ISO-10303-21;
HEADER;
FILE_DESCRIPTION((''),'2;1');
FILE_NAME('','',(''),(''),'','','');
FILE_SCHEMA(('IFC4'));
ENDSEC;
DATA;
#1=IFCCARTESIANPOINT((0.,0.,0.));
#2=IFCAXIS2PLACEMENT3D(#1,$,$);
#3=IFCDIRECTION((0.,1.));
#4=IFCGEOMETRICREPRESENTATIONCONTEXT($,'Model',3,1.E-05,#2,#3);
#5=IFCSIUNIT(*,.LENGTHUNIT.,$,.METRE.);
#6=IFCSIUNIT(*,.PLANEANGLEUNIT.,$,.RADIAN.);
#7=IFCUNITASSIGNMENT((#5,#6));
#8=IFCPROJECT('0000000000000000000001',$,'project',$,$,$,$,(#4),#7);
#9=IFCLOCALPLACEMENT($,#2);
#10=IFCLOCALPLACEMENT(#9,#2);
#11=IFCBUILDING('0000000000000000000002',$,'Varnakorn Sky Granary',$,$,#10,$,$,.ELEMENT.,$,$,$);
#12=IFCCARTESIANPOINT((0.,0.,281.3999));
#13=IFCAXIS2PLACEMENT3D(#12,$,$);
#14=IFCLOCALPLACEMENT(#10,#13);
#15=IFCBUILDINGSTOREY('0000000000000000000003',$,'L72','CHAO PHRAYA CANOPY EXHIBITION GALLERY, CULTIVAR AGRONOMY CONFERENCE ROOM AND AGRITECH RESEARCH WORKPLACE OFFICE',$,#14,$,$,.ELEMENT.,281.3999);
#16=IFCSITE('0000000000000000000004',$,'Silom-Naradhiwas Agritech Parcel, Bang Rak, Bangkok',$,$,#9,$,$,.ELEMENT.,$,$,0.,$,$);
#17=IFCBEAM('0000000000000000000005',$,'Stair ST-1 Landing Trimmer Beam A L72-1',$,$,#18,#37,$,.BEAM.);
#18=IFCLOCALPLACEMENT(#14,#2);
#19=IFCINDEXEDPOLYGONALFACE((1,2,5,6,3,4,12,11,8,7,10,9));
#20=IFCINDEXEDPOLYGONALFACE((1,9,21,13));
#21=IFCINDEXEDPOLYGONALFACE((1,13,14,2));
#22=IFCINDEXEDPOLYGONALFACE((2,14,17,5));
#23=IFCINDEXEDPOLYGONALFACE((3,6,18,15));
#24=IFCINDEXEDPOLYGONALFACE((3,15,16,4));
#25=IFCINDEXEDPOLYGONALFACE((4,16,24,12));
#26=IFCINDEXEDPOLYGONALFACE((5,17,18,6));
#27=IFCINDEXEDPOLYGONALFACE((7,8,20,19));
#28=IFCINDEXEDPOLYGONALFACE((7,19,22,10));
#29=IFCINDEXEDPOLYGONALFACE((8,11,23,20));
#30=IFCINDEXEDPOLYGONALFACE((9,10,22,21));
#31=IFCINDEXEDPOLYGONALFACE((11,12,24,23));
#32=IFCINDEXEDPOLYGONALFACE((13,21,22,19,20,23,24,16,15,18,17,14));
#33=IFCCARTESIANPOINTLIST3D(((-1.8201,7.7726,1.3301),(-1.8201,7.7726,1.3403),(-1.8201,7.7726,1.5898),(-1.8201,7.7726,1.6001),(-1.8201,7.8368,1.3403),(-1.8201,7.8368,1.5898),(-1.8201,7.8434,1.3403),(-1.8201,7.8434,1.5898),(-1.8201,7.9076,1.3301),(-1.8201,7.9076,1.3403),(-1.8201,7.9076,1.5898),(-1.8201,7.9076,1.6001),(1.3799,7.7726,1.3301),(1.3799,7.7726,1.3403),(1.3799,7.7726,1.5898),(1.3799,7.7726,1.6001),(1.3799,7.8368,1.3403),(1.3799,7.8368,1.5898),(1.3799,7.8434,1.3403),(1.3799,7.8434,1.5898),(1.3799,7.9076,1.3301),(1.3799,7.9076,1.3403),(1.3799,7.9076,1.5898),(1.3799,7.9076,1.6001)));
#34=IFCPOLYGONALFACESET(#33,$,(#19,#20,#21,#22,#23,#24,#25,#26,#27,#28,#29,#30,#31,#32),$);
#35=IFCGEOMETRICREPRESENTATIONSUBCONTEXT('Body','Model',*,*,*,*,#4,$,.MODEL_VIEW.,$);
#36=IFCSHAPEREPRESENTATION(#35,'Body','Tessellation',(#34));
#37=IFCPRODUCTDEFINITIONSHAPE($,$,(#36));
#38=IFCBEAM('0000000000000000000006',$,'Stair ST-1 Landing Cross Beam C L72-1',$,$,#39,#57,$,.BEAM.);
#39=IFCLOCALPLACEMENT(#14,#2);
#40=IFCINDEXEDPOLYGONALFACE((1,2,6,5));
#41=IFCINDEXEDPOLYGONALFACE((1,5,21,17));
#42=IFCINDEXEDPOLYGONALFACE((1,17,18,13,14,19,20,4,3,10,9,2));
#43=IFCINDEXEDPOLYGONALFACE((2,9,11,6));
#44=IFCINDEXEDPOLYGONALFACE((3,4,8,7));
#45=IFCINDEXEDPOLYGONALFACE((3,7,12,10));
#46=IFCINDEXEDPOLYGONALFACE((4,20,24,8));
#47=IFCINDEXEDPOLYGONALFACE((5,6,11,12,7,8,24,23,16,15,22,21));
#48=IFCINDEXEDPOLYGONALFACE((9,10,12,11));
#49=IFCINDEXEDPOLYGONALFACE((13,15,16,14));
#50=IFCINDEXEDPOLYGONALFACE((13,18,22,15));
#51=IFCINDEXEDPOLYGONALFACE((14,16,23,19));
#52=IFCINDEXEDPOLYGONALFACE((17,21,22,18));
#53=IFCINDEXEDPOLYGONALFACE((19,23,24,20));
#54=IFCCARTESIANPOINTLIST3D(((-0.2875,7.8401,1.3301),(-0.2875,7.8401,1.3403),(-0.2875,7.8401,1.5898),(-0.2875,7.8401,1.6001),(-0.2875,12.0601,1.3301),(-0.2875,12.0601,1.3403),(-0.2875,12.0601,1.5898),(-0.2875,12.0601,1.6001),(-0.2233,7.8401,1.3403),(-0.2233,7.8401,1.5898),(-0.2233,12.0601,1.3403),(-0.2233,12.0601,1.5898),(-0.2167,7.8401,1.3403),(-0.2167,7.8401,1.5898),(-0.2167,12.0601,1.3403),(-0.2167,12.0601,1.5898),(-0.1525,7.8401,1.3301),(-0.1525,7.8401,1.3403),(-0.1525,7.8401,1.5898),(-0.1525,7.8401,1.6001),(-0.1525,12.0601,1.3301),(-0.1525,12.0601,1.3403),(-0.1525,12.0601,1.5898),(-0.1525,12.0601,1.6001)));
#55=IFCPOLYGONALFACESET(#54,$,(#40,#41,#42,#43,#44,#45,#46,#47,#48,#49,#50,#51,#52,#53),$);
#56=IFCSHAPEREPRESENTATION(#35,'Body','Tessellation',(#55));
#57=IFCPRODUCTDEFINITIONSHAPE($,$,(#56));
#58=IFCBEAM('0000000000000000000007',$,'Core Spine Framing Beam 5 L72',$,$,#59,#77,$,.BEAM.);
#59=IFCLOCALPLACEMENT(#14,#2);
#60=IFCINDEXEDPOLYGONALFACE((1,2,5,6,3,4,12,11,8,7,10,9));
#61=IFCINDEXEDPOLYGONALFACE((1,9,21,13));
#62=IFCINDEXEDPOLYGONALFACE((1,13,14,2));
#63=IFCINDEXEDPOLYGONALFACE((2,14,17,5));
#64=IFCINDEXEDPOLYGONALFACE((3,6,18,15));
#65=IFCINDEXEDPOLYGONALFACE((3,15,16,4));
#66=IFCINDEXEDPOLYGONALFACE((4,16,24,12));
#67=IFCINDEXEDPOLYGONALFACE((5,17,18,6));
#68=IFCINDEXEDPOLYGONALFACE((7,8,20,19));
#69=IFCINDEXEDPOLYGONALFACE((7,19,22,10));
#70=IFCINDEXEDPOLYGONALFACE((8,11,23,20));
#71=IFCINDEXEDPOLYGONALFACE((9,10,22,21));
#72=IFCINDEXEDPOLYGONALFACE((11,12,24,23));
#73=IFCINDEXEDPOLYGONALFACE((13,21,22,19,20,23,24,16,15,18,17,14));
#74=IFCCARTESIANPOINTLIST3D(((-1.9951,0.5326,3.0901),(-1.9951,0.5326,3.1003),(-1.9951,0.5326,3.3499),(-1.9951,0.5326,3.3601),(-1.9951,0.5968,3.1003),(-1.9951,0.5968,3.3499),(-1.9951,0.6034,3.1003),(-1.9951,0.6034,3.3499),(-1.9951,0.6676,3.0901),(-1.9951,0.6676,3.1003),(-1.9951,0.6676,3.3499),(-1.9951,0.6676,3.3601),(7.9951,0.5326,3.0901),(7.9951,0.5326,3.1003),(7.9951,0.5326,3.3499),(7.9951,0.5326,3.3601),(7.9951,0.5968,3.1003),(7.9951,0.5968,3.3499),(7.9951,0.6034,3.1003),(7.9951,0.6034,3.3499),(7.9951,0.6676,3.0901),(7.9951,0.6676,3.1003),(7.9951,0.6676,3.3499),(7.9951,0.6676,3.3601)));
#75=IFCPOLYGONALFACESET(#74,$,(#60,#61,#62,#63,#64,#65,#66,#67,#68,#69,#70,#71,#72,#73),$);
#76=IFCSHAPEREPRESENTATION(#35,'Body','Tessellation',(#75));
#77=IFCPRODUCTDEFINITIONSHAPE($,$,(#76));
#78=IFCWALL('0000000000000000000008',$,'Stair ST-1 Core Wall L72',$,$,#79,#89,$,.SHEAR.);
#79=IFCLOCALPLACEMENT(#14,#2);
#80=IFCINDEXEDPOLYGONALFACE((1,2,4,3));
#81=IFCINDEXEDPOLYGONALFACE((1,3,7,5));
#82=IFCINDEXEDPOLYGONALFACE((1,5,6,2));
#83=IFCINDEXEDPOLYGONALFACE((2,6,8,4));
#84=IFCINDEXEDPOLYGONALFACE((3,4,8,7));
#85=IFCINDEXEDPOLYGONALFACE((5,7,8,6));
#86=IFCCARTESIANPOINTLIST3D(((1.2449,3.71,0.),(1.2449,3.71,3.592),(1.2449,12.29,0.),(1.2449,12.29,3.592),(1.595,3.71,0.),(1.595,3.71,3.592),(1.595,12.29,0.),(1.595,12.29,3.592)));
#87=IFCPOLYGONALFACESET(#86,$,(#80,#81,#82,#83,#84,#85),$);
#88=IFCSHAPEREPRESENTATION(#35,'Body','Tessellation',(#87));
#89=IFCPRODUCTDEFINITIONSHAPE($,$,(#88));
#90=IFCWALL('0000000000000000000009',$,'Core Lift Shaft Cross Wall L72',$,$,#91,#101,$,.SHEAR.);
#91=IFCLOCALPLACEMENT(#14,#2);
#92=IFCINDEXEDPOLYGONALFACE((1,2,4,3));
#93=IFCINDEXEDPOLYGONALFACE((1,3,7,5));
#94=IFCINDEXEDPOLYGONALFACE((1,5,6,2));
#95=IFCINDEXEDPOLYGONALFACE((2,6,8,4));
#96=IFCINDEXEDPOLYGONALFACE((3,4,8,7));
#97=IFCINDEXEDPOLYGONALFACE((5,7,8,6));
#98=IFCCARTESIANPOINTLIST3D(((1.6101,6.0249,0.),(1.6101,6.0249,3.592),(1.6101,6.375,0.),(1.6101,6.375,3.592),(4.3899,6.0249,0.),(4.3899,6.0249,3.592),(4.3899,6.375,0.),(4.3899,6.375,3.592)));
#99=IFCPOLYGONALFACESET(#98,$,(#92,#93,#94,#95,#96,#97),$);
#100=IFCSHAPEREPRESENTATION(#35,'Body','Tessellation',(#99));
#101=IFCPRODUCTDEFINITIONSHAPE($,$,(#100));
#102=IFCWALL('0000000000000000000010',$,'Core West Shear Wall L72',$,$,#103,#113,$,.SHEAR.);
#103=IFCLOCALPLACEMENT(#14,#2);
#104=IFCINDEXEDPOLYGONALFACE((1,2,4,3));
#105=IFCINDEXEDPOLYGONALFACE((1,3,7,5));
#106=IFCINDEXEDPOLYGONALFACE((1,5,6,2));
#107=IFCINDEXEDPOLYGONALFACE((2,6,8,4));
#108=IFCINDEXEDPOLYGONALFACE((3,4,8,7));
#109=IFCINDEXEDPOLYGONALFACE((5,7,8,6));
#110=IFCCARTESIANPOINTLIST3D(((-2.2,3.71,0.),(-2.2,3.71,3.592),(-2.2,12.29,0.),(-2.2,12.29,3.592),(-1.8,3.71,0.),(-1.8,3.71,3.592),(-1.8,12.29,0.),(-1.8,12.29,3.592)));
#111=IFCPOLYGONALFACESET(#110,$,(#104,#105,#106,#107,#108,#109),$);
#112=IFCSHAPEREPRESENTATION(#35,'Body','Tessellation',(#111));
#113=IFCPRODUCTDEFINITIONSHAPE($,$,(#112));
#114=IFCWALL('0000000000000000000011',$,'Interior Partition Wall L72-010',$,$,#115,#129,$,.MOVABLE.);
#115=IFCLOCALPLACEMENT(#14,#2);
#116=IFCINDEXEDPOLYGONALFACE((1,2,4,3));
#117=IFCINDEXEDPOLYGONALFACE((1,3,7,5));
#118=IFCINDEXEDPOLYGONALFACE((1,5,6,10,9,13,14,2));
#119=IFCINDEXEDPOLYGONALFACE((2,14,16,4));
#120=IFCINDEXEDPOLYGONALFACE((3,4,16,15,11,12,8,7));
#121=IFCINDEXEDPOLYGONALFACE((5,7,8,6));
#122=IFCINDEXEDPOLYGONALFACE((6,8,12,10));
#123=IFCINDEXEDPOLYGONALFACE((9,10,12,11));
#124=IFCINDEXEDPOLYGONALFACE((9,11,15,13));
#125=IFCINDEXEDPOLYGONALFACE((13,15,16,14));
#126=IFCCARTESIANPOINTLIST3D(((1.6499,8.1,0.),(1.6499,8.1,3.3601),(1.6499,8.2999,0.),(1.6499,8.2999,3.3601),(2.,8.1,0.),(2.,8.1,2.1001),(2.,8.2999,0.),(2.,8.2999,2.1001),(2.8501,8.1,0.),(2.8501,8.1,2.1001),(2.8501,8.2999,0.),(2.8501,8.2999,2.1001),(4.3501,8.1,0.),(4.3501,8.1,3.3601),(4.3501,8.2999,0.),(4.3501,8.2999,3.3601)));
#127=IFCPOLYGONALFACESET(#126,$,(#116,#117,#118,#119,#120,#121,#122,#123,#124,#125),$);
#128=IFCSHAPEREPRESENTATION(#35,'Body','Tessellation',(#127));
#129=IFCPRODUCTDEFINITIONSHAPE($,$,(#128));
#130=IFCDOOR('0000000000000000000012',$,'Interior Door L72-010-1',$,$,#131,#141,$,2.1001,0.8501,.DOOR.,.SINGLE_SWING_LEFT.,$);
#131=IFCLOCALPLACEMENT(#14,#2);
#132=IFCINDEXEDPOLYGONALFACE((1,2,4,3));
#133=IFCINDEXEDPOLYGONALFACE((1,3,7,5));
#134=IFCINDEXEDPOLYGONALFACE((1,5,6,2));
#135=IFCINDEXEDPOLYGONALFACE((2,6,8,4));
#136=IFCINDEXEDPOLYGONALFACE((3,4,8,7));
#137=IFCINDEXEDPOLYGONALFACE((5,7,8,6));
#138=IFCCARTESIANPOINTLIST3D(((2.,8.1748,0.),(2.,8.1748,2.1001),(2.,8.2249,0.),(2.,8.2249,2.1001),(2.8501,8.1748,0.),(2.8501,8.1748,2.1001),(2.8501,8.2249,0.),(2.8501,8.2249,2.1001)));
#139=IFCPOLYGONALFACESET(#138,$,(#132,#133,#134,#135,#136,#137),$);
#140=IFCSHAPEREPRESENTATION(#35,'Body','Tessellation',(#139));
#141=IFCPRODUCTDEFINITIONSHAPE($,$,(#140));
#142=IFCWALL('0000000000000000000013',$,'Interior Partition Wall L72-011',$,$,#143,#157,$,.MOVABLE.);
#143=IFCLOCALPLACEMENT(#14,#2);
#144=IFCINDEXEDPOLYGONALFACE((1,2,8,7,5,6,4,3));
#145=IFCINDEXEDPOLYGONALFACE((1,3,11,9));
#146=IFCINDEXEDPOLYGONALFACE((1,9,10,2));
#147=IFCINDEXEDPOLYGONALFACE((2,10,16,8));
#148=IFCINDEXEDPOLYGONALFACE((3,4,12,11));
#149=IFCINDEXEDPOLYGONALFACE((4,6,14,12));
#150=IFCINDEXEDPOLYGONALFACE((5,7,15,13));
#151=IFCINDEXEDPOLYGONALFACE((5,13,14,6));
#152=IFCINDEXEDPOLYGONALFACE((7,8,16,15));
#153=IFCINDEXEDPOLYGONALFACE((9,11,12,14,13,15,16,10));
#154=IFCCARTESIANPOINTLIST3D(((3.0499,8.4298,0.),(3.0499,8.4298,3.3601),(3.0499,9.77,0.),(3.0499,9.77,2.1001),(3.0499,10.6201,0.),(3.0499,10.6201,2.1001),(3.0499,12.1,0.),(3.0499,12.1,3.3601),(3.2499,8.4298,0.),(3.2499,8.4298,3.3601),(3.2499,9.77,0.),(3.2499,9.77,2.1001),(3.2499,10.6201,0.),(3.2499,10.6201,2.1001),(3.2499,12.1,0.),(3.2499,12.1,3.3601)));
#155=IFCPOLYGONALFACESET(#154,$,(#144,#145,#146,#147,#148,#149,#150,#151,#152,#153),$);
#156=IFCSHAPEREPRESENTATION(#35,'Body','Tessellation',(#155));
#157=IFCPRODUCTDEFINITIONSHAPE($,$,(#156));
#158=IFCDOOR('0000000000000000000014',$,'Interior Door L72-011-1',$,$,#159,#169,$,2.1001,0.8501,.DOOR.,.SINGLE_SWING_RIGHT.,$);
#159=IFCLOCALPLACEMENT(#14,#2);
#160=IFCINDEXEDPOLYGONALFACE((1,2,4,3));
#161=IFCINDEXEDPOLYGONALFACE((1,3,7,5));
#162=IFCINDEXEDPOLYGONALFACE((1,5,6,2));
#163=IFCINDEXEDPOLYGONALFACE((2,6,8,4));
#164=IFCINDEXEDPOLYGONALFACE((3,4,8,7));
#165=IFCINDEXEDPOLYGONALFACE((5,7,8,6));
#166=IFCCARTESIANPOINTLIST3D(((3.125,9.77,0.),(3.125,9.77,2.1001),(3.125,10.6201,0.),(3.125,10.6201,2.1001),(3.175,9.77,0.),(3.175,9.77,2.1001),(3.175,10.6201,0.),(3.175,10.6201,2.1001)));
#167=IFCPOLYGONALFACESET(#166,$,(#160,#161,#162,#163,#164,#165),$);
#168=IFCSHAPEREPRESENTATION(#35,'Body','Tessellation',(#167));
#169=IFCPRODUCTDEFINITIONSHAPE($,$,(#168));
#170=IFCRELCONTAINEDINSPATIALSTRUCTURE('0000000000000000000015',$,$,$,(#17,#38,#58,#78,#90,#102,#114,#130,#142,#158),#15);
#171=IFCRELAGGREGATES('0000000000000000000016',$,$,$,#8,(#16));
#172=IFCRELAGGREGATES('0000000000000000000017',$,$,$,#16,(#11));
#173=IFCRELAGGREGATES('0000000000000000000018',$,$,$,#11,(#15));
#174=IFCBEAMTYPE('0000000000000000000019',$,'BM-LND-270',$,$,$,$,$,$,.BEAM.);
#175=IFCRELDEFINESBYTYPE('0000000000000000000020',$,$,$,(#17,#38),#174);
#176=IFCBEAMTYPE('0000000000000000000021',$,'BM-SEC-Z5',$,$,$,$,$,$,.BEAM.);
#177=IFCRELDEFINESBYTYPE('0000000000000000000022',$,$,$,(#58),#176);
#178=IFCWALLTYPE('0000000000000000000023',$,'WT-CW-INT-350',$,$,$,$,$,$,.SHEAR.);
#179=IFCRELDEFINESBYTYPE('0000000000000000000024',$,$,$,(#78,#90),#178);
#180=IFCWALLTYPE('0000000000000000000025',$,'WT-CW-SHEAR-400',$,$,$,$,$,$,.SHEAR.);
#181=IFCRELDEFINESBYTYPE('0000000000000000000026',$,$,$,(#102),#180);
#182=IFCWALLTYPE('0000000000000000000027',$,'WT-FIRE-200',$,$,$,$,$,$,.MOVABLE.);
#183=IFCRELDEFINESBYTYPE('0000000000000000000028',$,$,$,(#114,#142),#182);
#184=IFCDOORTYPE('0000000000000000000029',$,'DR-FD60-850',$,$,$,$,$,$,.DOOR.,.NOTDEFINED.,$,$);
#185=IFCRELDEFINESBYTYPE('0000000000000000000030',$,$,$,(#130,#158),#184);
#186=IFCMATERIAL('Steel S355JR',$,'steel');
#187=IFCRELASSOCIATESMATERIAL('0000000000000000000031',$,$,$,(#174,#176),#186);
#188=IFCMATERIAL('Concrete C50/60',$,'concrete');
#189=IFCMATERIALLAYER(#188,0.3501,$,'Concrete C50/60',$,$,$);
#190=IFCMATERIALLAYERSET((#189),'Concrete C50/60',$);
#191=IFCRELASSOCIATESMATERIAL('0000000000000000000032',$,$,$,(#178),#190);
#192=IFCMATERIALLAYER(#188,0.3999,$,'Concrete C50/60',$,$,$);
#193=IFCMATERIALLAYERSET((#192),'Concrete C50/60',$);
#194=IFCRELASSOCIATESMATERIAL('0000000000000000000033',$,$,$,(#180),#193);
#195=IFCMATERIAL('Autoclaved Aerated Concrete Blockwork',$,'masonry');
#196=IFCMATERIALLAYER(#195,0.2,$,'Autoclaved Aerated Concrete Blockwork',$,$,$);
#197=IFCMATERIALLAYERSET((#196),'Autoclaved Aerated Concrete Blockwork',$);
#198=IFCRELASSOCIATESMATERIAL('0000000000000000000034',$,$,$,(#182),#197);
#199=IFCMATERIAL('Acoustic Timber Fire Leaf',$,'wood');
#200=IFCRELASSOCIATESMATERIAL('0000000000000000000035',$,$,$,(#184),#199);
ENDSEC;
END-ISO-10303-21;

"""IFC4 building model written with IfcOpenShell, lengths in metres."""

from ifc_helpers import new_model, si_unit, direction, frame, frame_2d, origin, origin_2d, place, context, subcontext, project, spatial, rectangle, i_section, extrude, material, layer, layer_set, material_profile, profile_set, type_object, element, fill, save


model = new_model("IFC4")

# Units and contexts
model_context = context("Model", 3, precision=1e-05, world=origin(), true_north=direction((0.0, 1.0)))
body_context = subcontext(model_context, "Body", "Model", "MODEL_VIEW")
ifc_project = project(units=[si_unit("LENGTHUNIT", "METRE"), si_unit("PLANEANGLEUNIT", "RADIAN")], contexts=[model_context])

# Site, building, storey
site_placement = place(None, origin())
site = spatial("IfcSite", under=ifc_project, at=site_placement, Name="Silom-Naradhiwas Agritech Parcel, Bang Rak, Bangkok", CompositionType="ELEMENT", RefElevation=0.0)
building_placement = place(site_placement, origin())
building = spatial("IfcBuilding", under=site, at=building_placement, Name="Varnakorn Sky Granary", CompositionType="ELEMENT")
storey_placement = place(building_placement, frame((0.0, 0.0, 281.3999)))
storey = spatial("IfcBuildingStorey", under=building, at=storey_placement, Name="L72", Description="CHAO PHRAYA CANOPY EXHIBITION GALLERY, CULTIVAR AGRONOMY CONFERENCE ROOM AND AGRITECH RESEARCH WORKPLACE OFFICE", CompositionType="ELEMENT", Elevation=281.3999)

# Beams
ifc_material_1 = material(Name="Steel S355JR", Category="steel")
ifc_material_profile_1 = material_profile(ifc_material_1, i_section(OverallWidth=0.135, OverallDepth=0.27, WebThickness=0.0066, FlangeThickness=0.0103, at=origin_2d()), Name="IPE 270")
ifc_profile_set_1 = profile_set([ifc_material_profile_1], Name="Steel S355JR")
beam_type_1 = type_object("IfcBeamType", Name="BM-LND-270", PredefinedType="BEAM", material=ifc_profile_set_1)
beam_1_placement = place(storey_placement, frame((-1.8201, 7.8401, 1.4651), z_axis=(1.0, 0.0, 0.0), x_axis=(0.0, 1.0, 0.0)))
element("IfcBeam", 1, at=beam_1_placement, inside=storey, type_object=beam_type_1, Name="Stair ST-1 Landing Trimmer Beam A L72-1", PredefinedType="BEAM", context=body_context, shape_type="SweptSolid", body=[
    extrude(i_section(OverallWidth=0.135, OverallDepth=0.27, WebThickness=0.0066, FlangeThickness=0.0103, at=origin_2d()), origin(), (0.0, 0.0, 1.0), 3.2),
])
beam_2_placement = place(storey_placement, frame((-0.22, 7.8401, 1.4651), z_axis=(0.0, 1.0, 0.0), x_axis=(-1.0, 0.0, 0.0)))
element("IfcBeam", 2, at=beam_2_placement, inside=storey, type_object=beam_type_1, Name="Stair ST-1 Landing Cross Beam C L72-1", PredefinedType="BEAM", context=body_context, shape_type="SweptSolid", body=[
    extrude(i_section(OverallWidth=0.135, OverallDepth=0.27, WebThickness=0.0066, FlangeThickness=0.0103, at=origin_2d()), origin(), (0.0, 0.0, 1.0), 4.22),
])
ifc_material_profile_2 = material_profile(ifc_material_1, i_section(OverallWidth=0.135, OverallDepth=0.27, WebThickness=0.0066, FlangeThickness=0.0103, at=origin_2d()), Name="IPE 270")
ifc_profile_set_2 = profile_set([ifc_material_profile_2], Name="Steel S355JR")
beam_type_2 = type_object("IfcBeamType", Name="BM-SEC-Z5", PredefinedType="BEAM", material=ifc_profile_set_2)
beam_3_placement = place(storey_placement, frame((-1.9951, 0.6001, 3.2251), z_axis=(1.0, 0.0, 0.0), x_axis=(0.0, 1.0, 0.0)))
element("IfcBeam", 3, at=beam_3_placement, inside=storey, type_object=beam_type_2, Name="Core Spine Framing Beam 5 L72", PredefinedType="BEAM", context=body_context, shape_type="SweptSolid", body=[
    extrude(i_section(OverallWidth=0.135, OverallDepth=0.27, WebThickness=0.0066, FlangeThickness=0.0103, at=origin_2d()), origin(), (0.0, 0.0, 1.0), 9.9902),
])

# Walls
ifc_material_2 = material(Name="Concrete C50/60", Category="concrete")
ifc_layer_1 = layer(ifc_material_2, 0.3501, Name="Concrete C50/60")
ifc_layer_set_1 = layer_set([ifc_layer_1], Name="Concrete C50/60")
wall_type_1 = type_object("IfcWallType", Name="WT-CW-INT-350", PredefinedType="SHEAR", material=ifc_layer_set_1)
wall_1_placement = place(storey_placement, frame((1.4199, 3.71, 0.0), z_axis=(0.0, 0.0, 1.0), x_axis=(0.0, 1.0, 0.0)))
element("IfcWall", 4, at=wall_1_placement, inside=storey, type_object=wall_type_1, Name="Stair ST-1 Core Wall L72", PredefinedType="SHEAR", context=body_context, shape_type="SweptSolid", body=[
    extrude(rectangle(XDim=8.5801, YDim=0.3501, at=frame_2d((4.29, 0.0))), origin(), (0.0, 0.0, 1.0), 3.592),
])
wall_2_placement = place(storey_placement, frame((1.6101, 6.2, 0.0), z_axis=(0.0, 0.0, 1.0), x_axis=(1.0, 0.0, 0.0)))
element("IfcWall", 5, at=wall_2_placement, inside=storey, type_object=wall_type_1, Name="Core Lift Shaft Cross Wall L72", PredefinedType="SHEAR", context=body_context, shape_type="SweptSolid", body=[
    extrude(rectangle(XDim=2.7798, YDim=0.3501, at=frame_2d((1.3899, 0.0))), origin(), (0.0, 0.0, 1.0), 3.592),
])

# Shared definitions
ifc_layer_2 = layer(ifc_material_2, 0.3999, Name="Concrete C50/60")
ifc_layer_set_2 = layer_set([ifc_layer_2], Name="Concrete C50/60")
wall_type_2 = type_object("IfcWallType", Name="WT-CW-SHEAR-400", PredefinedType="SHEAR", material=ifc_layer_set_2)

# Wall
wall_3_placement = place(storey_placement, frame((-2.0, 3.71, 0.0), z_axis=(0.0, 0.0, 1.0), x_axis=(0.0, 1.0, 0.0)))
element("IfcWall", 6, at=wall_3_placement, inside=storey, type_object=wall_type_2, Name="Core West Shear Wall L72", PredefinedType="SHEAR", context=body_context, shape_type="SweptSolid", body=[
    extrude(rectangle(XDim=8.5801, YDim=0.3999, at=frame_2d((4.29, 0.0))), origin(), (0.0, 0.0, 1.0), 3.592),
])

# Walls, openings, doors
ifc_material_3 = material(Name="Autoclaved Aerated Concrete Blockwork", Category="masonry")
ifc_layer_3 = layer(ifc_material_3, 0.2, Name="Autoclaved Aerated Concrete Blockwork")
ifc_layer_set_3 = layer_set([ifc_layer_3], Name="Autoclaved Aerated Concrete Blockwork")
wall_type_3 = type_object("IfcWallType", Name="WT-FIRE-200", PredefinedType="MOVABLE", material=ifc_layer_set_3)
wall_4_placement = place(storey_placement, frame((1.6499, 8.2, 0.0), z_axis=(0.0, 0.0, 1.0), x_axis=(1.0, 0.0, 0.0)))
wall_4 = element("IfcWall", 7, at=wall_4_placement, inside=storey, type_object=wall_type_3, Name="Interior Partition Wall L72-010", PredefinedType="MOVABLE", context=body_context, shape_type="SweptSolid", body=[
    extrude(rectangle(XDim=2.7002, YDim=0.2, at=frame_2d((1.3501, 0.0))), origin(), (0.0, 0.0, 1.0), 3.3601),
])
opening_1_placement = place(wall_4_placement, frame((0.3501, 0.0, 0.0)))
opening_1 = element("IfcOpeningElement", 8, at=opening_1_placement, cuts=wall_4, PredefinedType="OPENING", context=body_context, shape_type="SweptSolid", body=[
    extrude(rectangle(XDim=0.8501, YDim=2.1001, at=frame_2d((0.425, 1.05))), frame((0.0, 0.1099, 0.0), z_axis=(0.0, -1.0, 0.0), x_axis=(1.0, 0.0, 0.0)), (0.0, 0.0, 1.0), 0.22),
])
ifc_material_4 = material(Name="Acoustic Timber Fire Leaf", Category="wood")
door_type_1 = type_object("IfcDoorType", Name="DR-FD60-850", OperationType="NOTDEFINED", PredefinedType="DOOR", material=ifc_material_4)
door_1_placement = place(opening_1_placement, origin())
door_1 = element("IfcDoor", 9, at=door_1_placement, inside=storey, type_object=door_type_1, Name="Interior Door L72-010-1", OperationType="SINGLE_SWING_LEFT", OverallHeight=2.1001, OverallWidth=0.8501, PredefinedType="DOOR", context=body_context, shape_type="SweptSolid", body=[
    extrude(rectangle(XDim=0.8501, YDim=2.1001, at=frame_2d((0.425, 1.05))), frame((0.0, 0.0249, 0.0), z_axis=(0.0, -1.0, 0.0), x_axis=(1.0, 0.0, 0.0)), (0.0, 0.0, 1.0), 0.05),
])
fill(opening_1, door_1)
wall_5_placement = place(storey_placement, frame((3.1499, 8.4299, 0.0), z_axis=(0.0, 0.0, 1.0), x_axis=(0.0, 1.0, 0.0)))
wall_5 = element("IfcWall", 10, at=wall_5_placement, inside=storey, type_object=wall_type_3, Name="Interior Partition Wall L72-011", PredefinedType="MOVABLE", context=body_context, shape_type="SweptSolid", body=[
    extrude(rectangle(XDim=3.6702, YDim=0.2, at=frame_2d((1.835, 0.0))), origin(), (0.0, 0.0, 1.0), 3.3601),
])
opening_2_placement = place(wall_5_placement, frame((1.3401, 0.0, 0.0)))
opening_2 = element("IfcOpeningElement", 11, at=opening_2_placement, cuts=wall_5, PredefinedType="OPENING", context=body_context, shape_type="SweptSolid", body=[
    extrude(rectangle(XDim=0.8501, YDim=2.1001, at=frame_2d((0.425, 1.05))), frame((0.0, 0.1099, 0.0), z_axis=(0.0, -1.0, 0.0), x_axis=(1.0, 0.0, 0.0)), (0.0, 0.0, 1.0), 0.22),
])
door_2_placement = place(opening_2_placement, origin())
door_2 = element("IfcDoor", 12, at=door_2_placement, inside=storey, type_object=door_type_1, Name="Interior Door L72-011-1", OperationType="SINGLE_SWING_RIGHT", OverallHeight=2.1001, OverallWidth=0.8501, PredefinedType="DOOR", context=body_context, shape_type="SweptSolid", body=[
    extrude(rectangle(XDim=0.8501, YDim=2.1001, at=frame_2d((0.425, 1.05))), frame((0.0, 0.0249, 0.0), z_axis=(0.0, -1.0, 0.0), x_axis=(1.0, 0.0, 0.0)), (0.0, 0.0, 1.0), 0.05),
])
fill(opening_2, door_2)

save(model, "model.ifc")
